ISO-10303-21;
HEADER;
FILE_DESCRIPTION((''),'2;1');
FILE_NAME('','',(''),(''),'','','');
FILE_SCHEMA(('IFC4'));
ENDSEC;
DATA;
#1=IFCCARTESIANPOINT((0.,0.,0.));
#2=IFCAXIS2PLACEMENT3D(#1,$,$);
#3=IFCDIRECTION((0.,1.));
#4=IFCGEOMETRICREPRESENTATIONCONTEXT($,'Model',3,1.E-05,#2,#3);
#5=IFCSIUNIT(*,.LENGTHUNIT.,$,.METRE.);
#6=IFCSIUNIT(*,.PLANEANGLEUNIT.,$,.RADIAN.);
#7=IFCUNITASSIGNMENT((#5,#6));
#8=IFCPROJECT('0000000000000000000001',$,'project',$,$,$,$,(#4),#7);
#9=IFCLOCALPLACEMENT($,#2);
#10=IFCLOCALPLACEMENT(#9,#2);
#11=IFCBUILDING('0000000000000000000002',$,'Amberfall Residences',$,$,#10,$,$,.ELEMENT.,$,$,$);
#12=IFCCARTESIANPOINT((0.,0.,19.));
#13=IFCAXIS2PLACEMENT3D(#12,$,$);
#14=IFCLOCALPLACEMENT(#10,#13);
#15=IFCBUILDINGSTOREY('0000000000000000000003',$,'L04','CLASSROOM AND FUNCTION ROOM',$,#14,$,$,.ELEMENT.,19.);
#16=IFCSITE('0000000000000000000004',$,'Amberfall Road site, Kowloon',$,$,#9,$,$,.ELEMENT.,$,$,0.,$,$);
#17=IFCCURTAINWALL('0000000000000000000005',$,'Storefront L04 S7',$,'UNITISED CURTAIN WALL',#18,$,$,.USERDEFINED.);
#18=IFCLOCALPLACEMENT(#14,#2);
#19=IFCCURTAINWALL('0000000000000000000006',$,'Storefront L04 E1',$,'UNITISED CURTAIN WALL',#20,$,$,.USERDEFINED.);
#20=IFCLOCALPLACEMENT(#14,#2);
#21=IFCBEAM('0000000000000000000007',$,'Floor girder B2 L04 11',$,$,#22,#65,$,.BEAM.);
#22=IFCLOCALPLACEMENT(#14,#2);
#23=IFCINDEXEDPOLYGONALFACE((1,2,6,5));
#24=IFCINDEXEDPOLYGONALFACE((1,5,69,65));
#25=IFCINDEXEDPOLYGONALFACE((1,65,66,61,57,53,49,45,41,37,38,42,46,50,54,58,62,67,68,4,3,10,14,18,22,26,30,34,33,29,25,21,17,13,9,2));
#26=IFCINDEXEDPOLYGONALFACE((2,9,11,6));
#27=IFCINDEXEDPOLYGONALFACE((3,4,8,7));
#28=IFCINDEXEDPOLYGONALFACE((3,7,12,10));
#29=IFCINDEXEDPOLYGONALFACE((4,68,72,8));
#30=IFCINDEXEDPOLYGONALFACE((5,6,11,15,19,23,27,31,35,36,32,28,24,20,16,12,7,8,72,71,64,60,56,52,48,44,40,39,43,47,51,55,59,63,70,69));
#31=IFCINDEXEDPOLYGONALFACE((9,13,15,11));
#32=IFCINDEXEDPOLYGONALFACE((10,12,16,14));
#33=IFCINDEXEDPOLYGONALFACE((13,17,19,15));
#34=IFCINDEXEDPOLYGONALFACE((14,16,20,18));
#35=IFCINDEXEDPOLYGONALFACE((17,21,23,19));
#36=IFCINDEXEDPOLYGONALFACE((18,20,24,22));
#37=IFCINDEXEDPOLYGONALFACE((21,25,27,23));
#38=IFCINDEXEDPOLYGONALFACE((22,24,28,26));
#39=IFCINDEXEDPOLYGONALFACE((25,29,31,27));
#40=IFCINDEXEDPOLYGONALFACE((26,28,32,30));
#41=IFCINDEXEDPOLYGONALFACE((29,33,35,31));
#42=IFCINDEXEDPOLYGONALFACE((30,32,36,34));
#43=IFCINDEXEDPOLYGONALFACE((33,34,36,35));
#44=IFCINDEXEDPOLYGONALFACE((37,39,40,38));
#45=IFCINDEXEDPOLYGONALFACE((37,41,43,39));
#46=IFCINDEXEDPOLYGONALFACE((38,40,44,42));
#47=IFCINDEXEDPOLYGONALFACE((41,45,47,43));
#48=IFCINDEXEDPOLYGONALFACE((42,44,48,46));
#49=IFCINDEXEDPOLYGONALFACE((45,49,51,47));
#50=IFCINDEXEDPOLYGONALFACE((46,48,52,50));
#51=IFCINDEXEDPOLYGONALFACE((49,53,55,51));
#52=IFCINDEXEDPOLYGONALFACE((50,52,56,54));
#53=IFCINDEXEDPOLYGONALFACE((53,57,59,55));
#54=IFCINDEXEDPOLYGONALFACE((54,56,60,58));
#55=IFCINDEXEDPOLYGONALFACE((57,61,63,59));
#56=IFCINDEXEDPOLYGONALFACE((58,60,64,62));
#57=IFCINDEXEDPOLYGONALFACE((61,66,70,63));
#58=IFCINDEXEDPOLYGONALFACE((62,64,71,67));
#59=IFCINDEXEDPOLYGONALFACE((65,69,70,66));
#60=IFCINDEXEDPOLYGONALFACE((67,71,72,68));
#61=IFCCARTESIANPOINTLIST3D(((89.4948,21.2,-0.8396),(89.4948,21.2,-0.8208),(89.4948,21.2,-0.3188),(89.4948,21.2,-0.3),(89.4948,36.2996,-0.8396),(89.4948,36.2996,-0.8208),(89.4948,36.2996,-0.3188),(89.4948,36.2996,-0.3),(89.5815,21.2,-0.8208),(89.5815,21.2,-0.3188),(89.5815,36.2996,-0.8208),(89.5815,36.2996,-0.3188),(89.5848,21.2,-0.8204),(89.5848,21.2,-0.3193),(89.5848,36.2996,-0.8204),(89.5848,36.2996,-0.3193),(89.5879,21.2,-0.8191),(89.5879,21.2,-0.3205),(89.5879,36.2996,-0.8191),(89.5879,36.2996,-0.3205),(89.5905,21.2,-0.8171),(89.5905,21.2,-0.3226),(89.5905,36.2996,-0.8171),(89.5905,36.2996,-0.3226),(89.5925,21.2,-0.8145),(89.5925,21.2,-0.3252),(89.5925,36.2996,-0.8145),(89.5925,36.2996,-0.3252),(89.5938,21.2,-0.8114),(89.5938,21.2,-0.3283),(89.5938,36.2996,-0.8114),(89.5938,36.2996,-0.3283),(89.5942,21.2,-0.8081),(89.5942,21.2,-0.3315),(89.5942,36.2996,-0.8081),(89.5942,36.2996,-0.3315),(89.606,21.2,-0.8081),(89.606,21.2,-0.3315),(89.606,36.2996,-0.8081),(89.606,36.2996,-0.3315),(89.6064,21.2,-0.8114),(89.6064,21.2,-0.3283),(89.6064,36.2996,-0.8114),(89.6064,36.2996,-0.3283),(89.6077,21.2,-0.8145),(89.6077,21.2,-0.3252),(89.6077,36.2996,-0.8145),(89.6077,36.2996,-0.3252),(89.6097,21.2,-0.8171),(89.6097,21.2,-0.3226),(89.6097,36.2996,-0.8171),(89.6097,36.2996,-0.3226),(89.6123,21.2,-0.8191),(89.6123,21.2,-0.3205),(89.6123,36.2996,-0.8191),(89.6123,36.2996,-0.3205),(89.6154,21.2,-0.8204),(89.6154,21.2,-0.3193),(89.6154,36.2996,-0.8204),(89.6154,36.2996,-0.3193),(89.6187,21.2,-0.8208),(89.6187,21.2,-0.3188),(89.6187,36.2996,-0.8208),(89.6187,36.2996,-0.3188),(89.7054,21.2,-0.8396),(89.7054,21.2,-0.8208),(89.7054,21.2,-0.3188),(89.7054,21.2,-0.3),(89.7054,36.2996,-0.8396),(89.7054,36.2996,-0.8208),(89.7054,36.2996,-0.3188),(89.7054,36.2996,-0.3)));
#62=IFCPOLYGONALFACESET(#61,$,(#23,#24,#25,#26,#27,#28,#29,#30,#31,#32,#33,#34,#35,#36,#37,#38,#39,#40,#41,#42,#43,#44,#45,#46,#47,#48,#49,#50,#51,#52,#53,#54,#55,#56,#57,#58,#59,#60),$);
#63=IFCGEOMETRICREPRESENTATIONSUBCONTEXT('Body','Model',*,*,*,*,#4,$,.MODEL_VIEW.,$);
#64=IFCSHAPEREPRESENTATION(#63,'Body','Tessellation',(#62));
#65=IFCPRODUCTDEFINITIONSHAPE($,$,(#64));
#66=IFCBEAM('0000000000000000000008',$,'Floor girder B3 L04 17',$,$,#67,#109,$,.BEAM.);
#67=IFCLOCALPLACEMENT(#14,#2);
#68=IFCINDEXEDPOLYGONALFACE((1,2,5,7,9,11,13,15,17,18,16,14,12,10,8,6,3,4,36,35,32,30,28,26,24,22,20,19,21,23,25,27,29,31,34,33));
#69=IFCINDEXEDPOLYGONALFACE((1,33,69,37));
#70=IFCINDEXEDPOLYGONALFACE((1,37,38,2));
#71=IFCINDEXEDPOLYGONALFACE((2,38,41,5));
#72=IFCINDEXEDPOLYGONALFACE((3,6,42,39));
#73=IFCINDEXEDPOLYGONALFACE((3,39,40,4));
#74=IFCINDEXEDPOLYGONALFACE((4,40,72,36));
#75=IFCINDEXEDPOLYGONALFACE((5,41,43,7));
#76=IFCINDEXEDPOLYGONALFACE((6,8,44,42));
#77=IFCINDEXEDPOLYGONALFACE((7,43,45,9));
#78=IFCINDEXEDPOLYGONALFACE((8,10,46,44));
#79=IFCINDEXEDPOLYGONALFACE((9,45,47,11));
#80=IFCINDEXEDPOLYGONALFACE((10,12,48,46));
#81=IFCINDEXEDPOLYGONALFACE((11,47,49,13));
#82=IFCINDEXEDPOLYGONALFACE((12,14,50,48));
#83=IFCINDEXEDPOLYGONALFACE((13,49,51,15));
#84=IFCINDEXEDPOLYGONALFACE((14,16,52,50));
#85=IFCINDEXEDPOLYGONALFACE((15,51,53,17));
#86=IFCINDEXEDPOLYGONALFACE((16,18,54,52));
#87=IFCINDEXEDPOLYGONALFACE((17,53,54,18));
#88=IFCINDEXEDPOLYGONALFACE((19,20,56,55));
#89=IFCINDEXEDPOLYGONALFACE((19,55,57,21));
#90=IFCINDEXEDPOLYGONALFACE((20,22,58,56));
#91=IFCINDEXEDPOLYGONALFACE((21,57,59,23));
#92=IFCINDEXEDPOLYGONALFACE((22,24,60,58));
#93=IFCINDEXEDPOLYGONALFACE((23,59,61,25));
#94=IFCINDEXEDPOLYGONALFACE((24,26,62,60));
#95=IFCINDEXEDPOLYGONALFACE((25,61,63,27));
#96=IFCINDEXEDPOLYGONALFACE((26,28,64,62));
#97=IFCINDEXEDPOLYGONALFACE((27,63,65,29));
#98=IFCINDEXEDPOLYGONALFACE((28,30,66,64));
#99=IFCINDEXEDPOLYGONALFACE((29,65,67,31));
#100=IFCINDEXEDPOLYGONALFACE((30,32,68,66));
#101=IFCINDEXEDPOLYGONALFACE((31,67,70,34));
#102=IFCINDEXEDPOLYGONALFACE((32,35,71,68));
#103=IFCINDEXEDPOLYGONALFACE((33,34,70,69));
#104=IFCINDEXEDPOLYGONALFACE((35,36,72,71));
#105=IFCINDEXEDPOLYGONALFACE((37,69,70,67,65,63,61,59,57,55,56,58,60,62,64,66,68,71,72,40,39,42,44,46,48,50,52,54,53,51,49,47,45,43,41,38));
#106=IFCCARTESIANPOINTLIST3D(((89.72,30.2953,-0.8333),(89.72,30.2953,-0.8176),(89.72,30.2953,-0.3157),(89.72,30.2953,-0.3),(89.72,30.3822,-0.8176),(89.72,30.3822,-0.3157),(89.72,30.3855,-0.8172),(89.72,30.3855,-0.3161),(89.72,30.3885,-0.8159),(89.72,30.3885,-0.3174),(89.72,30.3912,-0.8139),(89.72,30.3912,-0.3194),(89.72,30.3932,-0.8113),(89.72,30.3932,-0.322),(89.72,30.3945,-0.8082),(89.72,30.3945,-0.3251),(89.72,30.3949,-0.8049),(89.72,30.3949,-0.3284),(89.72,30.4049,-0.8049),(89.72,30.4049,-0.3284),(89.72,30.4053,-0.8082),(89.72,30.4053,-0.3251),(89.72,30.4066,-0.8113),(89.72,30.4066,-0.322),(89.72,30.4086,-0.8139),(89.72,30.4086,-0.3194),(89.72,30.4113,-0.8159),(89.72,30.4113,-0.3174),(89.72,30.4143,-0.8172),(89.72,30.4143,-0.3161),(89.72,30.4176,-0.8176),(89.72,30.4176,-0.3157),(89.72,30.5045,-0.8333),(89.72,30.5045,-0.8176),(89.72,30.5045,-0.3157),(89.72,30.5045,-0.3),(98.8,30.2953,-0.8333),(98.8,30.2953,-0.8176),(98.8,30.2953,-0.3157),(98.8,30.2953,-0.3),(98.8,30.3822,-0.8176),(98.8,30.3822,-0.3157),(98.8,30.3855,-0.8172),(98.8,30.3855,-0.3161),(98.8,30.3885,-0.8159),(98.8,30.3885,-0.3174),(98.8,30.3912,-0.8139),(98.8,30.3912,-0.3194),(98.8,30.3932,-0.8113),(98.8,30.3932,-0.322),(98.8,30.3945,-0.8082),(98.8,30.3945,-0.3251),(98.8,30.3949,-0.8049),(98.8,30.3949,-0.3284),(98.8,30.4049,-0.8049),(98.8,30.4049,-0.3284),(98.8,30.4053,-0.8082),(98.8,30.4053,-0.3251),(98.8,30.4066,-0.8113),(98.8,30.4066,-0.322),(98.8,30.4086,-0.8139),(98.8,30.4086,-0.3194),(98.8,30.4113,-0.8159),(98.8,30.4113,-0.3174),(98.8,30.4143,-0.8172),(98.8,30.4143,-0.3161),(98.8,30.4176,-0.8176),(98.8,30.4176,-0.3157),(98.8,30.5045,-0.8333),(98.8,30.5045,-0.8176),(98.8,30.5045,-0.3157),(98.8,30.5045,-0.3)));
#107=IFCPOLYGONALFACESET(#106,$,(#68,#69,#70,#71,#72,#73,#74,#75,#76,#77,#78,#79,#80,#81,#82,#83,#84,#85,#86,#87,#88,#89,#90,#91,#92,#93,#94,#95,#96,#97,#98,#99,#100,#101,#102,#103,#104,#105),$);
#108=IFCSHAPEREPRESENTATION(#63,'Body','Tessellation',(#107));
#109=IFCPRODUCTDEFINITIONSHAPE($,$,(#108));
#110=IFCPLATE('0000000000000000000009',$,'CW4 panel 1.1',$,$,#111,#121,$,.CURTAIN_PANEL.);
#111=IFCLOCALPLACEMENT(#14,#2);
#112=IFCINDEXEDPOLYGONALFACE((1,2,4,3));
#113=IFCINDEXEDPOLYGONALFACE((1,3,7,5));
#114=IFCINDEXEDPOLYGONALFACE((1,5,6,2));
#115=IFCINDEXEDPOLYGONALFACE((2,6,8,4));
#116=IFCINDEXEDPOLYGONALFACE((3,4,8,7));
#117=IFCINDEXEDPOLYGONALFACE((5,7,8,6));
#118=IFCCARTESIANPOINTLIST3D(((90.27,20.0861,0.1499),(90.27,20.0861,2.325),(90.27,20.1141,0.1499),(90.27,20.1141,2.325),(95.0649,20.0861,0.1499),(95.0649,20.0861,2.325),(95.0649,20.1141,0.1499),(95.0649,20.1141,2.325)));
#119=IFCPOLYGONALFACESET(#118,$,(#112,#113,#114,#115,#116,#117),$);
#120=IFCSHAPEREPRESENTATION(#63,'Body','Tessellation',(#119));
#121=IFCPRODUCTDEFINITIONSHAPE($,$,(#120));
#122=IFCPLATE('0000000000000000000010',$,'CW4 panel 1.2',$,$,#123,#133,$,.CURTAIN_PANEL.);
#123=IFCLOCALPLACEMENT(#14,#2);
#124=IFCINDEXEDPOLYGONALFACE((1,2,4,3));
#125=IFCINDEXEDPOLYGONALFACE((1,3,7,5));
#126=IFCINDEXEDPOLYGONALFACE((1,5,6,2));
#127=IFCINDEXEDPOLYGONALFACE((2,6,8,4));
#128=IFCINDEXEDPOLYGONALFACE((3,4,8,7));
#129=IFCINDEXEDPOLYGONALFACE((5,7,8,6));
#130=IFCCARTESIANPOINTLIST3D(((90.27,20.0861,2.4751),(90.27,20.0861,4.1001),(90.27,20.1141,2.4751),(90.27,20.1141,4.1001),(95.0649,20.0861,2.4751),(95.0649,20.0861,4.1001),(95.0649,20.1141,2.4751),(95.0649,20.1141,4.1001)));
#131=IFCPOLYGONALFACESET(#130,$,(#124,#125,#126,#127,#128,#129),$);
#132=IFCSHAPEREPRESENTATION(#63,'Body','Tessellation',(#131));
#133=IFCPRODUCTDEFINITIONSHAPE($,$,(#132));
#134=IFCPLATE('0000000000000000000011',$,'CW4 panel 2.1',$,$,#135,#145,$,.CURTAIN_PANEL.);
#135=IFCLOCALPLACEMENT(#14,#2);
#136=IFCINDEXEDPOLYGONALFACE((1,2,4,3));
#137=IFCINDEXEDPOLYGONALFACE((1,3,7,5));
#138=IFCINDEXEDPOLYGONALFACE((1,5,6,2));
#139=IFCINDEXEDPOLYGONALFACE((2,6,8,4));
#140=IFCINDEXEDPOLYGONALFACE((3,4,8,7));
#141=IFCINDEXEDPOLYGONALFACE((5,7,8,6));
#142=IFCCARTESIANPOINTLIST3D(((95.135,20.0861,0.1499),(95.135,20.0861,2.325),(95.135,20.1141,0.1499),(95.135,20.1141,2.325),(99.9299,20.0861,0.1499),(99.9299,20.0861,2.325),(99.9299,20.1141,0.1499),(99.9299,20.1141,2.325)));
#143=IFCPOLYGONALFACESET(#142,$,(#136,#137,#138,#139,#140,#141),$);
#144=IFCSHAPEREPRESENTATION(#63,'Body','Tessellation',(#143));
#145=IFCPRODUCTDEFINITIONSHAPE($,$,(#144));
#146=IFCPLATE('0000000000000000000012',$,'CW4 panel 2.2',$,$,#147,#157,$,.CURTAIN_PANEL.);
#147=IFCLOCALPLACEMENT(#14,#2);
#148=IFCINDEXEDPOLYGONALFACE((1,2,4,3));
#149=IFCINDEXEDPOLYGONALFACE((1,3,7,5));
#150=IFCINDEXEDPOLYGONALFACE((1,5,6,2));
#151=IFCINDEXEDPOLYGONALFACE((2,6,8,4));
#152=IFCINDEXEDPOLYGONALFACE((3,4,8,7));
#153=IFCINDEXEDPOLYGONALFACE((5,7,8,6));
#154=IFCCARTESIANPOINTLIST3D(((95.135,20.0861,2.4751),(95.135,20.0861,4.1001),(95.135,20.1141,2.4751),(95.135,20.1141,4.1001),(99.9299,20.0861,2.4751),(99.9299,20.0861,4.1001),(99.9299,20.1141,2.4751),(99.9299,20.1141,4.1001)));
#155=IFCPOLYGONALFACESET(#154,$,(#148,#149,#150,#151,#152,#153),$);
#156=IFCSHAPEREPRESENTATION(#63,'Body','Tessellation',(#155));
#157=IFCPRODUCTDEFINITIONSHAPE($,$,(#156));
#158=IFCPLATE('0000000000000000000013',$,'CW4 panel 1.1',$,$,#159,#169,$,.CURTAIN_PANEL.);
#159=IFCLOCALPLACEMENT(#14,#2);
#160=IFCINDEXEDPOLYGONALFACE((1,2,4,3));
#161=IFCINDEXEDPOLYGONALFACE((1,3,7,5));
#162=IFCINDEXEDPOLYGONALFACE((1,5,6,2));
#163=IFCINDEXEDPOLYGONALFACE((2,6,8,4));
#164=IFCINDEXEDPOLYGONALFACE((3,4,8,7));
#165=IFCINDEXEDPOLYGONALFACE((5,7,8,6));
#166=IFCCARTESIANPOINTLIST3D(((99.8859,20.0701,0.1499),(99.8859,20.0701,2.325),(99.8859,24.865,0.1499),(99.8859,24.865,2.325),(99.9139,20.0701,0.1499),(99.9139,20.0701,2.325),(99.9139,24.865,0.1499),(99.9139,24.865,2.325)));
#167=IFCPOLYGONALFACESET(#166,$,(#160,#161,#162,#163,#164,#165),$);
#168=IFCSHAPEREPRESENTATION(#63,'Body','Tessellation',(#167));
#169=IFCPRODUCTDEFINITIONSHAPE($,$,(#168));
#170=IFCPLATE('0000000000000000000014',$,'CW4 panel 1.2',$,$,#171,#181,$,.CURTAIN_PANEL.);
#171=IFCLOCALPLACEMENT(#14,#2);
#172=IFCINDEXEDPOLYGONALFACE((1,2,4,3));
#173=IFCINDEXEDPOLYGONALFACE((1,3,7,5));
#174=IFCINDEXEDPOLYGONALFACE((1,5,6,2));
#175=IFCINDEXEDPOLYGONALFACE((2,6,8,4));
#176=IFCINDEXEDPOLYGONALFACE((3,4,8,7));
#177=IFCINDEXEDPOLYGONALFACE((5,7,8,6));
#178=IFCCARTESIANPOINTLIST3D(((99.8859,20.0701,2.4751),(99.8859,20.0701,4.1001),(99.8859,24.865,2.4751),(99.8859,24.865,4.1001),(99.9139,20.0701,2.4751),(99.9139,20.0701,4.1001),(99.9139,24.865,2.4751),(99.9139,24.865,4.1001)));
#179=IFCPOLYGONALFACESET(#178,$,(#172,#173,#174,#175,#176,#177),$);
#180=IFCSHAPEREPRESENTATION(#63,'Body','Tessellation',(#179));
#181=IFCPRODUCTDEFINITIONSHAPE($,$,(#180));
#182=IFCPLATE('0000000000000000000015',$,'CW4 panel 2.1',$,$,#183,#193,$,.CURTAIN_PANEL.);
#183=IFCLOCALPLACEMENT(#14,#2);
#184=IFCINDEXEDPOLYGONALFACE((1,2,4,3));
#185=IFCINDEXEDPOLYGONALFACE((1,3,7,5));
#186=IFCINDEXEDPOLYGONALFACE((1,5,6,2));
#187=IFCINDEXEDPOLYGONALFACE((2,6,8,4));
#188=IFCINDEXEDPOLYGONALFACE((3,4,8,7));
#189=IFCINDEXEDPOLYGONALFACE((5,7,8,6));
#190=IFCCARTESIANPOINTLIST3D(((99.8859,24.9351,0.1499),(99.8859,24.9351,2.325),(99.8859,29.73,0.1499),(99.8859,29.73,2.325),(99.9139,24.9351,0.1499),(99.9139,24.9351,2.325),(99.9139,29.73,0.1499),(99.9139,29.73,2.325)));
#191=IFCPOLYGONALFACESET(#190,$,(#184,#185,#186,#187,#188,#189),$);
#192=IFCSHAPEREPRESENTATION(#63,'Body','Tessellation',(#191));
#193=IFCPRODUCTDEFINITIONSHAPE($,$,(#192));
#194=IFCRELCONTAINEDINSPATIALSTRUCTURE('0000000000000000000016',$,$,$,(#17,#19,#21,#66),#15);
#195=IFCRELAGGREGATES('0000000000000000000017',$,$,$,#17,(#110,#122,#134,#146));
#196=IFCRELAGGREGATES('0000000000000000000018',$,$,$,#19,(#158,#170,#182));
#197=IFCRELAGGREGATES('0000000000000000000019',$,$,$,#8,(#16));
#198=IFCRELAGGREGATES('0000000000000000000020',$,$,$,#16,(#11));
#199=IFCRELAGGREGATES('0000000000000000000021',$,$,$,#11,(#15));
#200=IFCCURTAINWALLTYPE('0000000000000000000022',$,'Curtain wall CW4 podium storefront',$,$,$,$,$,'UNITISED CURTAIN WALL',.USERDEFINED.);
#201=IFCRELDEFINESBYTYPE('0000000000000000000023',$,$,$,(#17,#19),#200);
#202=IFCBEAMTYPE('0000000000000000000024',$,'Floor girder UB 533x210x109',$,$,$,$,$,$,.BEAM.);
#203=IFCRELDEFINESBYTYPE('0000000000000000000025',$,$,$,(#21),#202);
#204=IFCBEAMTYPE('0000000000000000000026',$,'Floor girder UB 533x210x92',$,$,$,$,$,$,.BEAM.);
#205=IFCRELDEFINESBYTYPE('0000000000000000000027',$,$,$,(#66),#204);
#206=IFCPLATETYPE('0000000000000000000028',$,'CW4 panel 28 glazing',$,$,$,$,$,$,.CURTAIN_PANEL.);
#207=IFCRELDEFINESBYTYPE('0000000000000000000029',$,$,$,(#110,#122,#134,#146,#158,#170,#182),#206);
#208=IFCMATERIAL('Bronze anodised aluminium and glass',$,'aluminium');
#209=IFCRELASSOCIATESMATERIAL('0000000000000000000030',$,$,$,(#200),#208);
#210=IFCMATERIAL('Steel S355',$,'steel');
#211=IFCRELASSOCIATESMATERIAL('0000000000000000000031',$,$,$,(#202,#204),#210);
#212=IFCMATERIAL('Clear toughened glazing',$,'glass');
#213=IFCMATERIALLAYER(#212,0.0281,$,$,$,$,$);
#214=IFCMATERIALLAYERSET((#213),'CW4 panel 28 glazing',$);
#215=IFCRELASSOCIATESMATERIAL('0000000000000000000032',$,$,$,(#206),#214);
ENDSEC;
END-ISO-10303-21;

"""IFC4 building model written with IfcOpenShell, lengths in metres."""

from ifc_helpers import new_model, si_unit, direction, frame, origin, origin_2d, place, context, subcontext, project, spatial, rectangle, i_section, extrude, material, layer, layer_set, material_profile, profile_set, type_object, element, aggregate, save


model = new_model("IFC4")

# Units and contexts
model_context = context("Model", 3, precision=1e-05, world=origin(), true_north=direction((0.0, 1.0)))
body_context = subcontext(model_context, "Body", "Model", "MODEL_VIEW")
ifc_project = project(units=[si_unit("LENGTHUNIT", "METRE"), si_unit("PLANEANGLEUNIT", "RADIAN")], contexts=[model_context])

# Site, building, storey
site_placement = place(None, origin())
site = spatial("IfcSite", under=ifc_project, at=site_placement, Name="Amberfall Road site, Kowloon", CompositionType="ELEMENT", RefElevation=0.0)
building_placement = place(site_placement, origin())
building = spatial("IfcBuilding", under=site, at=building_placement, Name="Amberfall Residences", CompositionType="ELEMENT")
storey_placement = place(building_placement, frame((0.0, 0.0, 19.0)))
storey = spatial("IfcBuildingStorey", under=building, at=storey_placement, Name="L04", Description="CLASSROOM AND FUNCTION ROOM", CompositionType="ELEMENT", Elevation=19.0)

# Curtain walls
ifc_material_1 = material(Name="Bronze anodised aluminium and glass", Category="aluminium")
curtain_wall_type = type_object("IfcCurtainWallType", Name="Curtain wall CW4 podium storefront", ElementType="UNITISED CURTAIN WALL", PredefinedType="USERDEFINED", material=ifc_material_1)
curtain_wall_1_placement = place(storey_placement, origin())
curtain_wall_1 = element("IfcCurtainWall", 1, at=curtain_wall_1_placement, inside=storey, type_object=curtain_wall_type, Name="Storefront L04 S7", ObjectType="UNITISED CURTAIN WALL", PredefinedType="USERDEFINED")
curtain_wall_2_placement = place(storey_placement, origin())
curtain_wall_2 = element("IfcCurtainWall", 2, at=curtain_wall_2_placement, inside=storey, type_object=curtain_wall_type, Name="Storefront L04 E1", ObjectType="UNITISED CURTAIN WALL", PredefinedType="USERDEFINED")

# Beams
ifc_material_2 = material(Name="Steel S355", Category="steel")
ifc_material_profile_1 = material_profile(ifc_material_2, i_section(OverallWidth=0.2107, OverallDepth=0.5396, WebThickness=0.0117, FlangeThickness=0.0188, FilletRadius=0.0127, at=origin_2d()), Name="UB 533x210x109")
ifc_profile_set_1 = profile_set([ifc_material_profile_1], Name="Steel S355")
beam_type_1 = type_object("IfcBeamType", Name="Floor girder UB 533x210x109", PredefinedType="BEAM", material=ifc_profile_set_1)
beam_1_placement = place(storey_placement, frame((89.6001, 21.2, -0.5698), z_axis=(0.0, 1.0, 0.0), x_axis=(-1.0, 0.0, 0.0)))
element("IfcBeam", 3, at=beam_1_placement, inside=storey, type_object=beam_type_1, Name="Floor girder B2 L04 11", PredefinedType="BEAM", context=body_context, shape_type="SweptSolid", body=[
    extrude(i_section(OverallWidth=0.2107, OverallDepth=0.5396, WebThickness=0.0117, FlangeThickness=0.0188, FilletRadius=0.0127, at=origin_2d()), origin(), (0.0, 0.0, 1.0), 15.0996),
])
ifc_material_profile_2 = material_profile(ifc_material_2, i_section(OverallWidth=0.2092, OverallDepth=0.5332, WebThickness=0.01, FlangeThickness=0.0156, FilletRadius=0.0127, at=origin_2d()), Name="UB 533x210x92")
ifc_profile_set_2 = profile_set([ifc_material_profile_2], Name="Steel S355")
beam_type_2 = type_object("IfcBeamType", Name="Floor girder UB 533x210x92", PredefinedType="BEAM", material=ifc_profile_set_2)
beam_2_placement = place(storey_placement, frame((98.8, 30.3999, -0.5667), z_axis=(-1.0, 0.0, 0.0), x_axis=(0.0, -1.0, 0.0)))
element("IfcBeam", 4, at=beam_2_placement, inside=storey, type_object=beam_type_2, Name="Floor girder B3 L04 17", PredefinedType="BEAM", context=body_context, shape_type="SweptSolid", body=[
    extrude(i_section(OverallWidth=0.2092, OverallDepth=0.5332, WebThickness=0.01, FlangeThickness=0.0156, FilletRadius=0.0127, at=origin_2d()), origin(), (0.0, 0.0, 1.0), 9.0801),
])

# Plates
ifc_material_3 = material(Name="Clear toughened glazing", Category="glass")
ifc_layer_1 = layer(ifc_material_3, 0.0281)
ifc_layer_set_1 = layer_set([ifc_layer_1], Name="CW4 panel 28 glazing")
plate_type = type_object("IfcPlateType", Name="CW4 panel 28 glazing", PredefinedType="CURTAIN_PANEL", material=ifc_layer_set_1)
plate_1_placement = place(storey_placement, frame((92.6675, 20.1001, 0.1499), z_axis=(0.0, 0.0, 1.0), x_axis=(1.0, 0.0, 0.0)))
plate_1 = element("IfcPlate", 5, at=plate_1_placement, type_object=plate_type, Name="CW4 panel 1.1", PredefinedType="CURTAIN_PANEL", context=body_context, shape_type="SweptSolid", body=[
    extrude(rectangle(XDim=4.7949, YDim=0.0281, at=origin_2d()), origin(), (0.0, 0.0, 1.0), 2.175),
])
plate_2_placement = place(storey_placement, frame((92.6675, 20.1001, 2.4751), z_axis=(0.0, 0.0, 1.0), x_axis=(1.0, 0.0, 0.0)))
plate_2 = element("IfcPlate", 6, at=plate_2_placement, type_object=plate_type, Name="CW4 panel 1.2", PredefinedType="CURTAIN_PANEL", context=body_context, shape_type="SweptSolid", body=[
    extrude(rectangle(XDim=4.7949, YDim=0.0281, at=origin_2d()), origin(), (0.0, 0.0, 1.0), 1.625),
])
plate_3_placement = place(storey_placement, frame((97.5325, 20.1001, 0.1499), z_axis=(0.0, 0.0, 1.0), x_axis=(1.0, 0.0, 0.0)))
plate_3 = element("IfcPlate", 7, at=plate_3_placement, type_object=plate_type, Name="CW4 panel 2.1", PredefinedType="CURTAIN_PANEL", context=body_context, shape_type="SweptSolid", body=[
    extrude(rectangle(XDim=4.7949, YDim=0.0281, at=origin_2d()), origin(), (0.0, 0.0, 1.0), 2.175),
])
plate_4_placement = place(storey_placement, frame((97.5325, 20.1001, 2.4751), z_axis=(0.0, 0.0, 1.0), x_axis=(1.0, 0.0, 0.0)))
plate_4 = element("IfcPlate", 8, at=plate_4_placement, type_object=plate_type, Name="CW4 panel 2.2", PredefinedType="CURTAIN_PANEL", context=body_context, shape_type="SweptSolid", body=[
    extrude(rectangle(XDim=4.7949, YDim=0.0281, at=origin_2d()), origin(), (0.0, 0.0, 1.0), 1.625),
])
aggregate(curtain_wall_1, [plate_1, plate_2, plate_3, plate_4])
plate_5_placement = place(storey_placement, frame((99.8999, 22.4675, 0.1499), z_axis=(0.0, 0.0, 1.0), x_axis=(0.0, 1.0, 0.0)))
plate_5 = element("IfcPlate", 9, at=plate_5_placement, type_object=plate_type, Name="CW4 panel 1.1", PredefinedType="CURTAIN_PANEL", context=body_context, shape_type="SweptSolid", body=[
    extrude(rectangle(XDim=4.7949, YDim=0.0281, at=origin_2d()), origin(), (0.0, 0.0, 1.0), 2.175),
])
plate_6_placement = place(storey_placement, frame((99.8999, 22.4675, 2.4751), z_axis=(0.0, 0.0, 1.0), x_axis=(0.0, 1.0, 0.0)))
plate_6 = element("IfcPlate", 10, at=plate_6_placement, type_object=plate_type, Name="CW4 panel 1.2", PredefinedType="CURTAIN_PANEL", context=body_context, shape_type="SweptSolid", body=[
    extrude(rectangle(XDim=4.7949, YDim=0.0281, at=origin_2d()), origin(), (0.0, 0.0, 1.0), 1.625),
])
plate_7_placement = place(storey_placement, frame((99.8999, 27.3325, 0.1499), z_axis=(0.0, 0.0, 1.0), x_axis=(0.0, 1.0, 0.0)))
plate_7 = element("IfcPlate", 11, at=plate_7_placement, type_object=plate_type, Name="CW4 panel 2.1", PredefinedType="CURTAIN_PANEL", context=body_context, shape_type="SweptSolid", body=[
    extrude(rectangle(XDim=4.7949, YDim=0.0281, at=origin_2d()), origin(), (0.0, 0.0, 1.0), 2.175),
])
aggregate(curtain_wall_2, [plate_5, plate_6, plate_7])

save(model, "model.ifc")
